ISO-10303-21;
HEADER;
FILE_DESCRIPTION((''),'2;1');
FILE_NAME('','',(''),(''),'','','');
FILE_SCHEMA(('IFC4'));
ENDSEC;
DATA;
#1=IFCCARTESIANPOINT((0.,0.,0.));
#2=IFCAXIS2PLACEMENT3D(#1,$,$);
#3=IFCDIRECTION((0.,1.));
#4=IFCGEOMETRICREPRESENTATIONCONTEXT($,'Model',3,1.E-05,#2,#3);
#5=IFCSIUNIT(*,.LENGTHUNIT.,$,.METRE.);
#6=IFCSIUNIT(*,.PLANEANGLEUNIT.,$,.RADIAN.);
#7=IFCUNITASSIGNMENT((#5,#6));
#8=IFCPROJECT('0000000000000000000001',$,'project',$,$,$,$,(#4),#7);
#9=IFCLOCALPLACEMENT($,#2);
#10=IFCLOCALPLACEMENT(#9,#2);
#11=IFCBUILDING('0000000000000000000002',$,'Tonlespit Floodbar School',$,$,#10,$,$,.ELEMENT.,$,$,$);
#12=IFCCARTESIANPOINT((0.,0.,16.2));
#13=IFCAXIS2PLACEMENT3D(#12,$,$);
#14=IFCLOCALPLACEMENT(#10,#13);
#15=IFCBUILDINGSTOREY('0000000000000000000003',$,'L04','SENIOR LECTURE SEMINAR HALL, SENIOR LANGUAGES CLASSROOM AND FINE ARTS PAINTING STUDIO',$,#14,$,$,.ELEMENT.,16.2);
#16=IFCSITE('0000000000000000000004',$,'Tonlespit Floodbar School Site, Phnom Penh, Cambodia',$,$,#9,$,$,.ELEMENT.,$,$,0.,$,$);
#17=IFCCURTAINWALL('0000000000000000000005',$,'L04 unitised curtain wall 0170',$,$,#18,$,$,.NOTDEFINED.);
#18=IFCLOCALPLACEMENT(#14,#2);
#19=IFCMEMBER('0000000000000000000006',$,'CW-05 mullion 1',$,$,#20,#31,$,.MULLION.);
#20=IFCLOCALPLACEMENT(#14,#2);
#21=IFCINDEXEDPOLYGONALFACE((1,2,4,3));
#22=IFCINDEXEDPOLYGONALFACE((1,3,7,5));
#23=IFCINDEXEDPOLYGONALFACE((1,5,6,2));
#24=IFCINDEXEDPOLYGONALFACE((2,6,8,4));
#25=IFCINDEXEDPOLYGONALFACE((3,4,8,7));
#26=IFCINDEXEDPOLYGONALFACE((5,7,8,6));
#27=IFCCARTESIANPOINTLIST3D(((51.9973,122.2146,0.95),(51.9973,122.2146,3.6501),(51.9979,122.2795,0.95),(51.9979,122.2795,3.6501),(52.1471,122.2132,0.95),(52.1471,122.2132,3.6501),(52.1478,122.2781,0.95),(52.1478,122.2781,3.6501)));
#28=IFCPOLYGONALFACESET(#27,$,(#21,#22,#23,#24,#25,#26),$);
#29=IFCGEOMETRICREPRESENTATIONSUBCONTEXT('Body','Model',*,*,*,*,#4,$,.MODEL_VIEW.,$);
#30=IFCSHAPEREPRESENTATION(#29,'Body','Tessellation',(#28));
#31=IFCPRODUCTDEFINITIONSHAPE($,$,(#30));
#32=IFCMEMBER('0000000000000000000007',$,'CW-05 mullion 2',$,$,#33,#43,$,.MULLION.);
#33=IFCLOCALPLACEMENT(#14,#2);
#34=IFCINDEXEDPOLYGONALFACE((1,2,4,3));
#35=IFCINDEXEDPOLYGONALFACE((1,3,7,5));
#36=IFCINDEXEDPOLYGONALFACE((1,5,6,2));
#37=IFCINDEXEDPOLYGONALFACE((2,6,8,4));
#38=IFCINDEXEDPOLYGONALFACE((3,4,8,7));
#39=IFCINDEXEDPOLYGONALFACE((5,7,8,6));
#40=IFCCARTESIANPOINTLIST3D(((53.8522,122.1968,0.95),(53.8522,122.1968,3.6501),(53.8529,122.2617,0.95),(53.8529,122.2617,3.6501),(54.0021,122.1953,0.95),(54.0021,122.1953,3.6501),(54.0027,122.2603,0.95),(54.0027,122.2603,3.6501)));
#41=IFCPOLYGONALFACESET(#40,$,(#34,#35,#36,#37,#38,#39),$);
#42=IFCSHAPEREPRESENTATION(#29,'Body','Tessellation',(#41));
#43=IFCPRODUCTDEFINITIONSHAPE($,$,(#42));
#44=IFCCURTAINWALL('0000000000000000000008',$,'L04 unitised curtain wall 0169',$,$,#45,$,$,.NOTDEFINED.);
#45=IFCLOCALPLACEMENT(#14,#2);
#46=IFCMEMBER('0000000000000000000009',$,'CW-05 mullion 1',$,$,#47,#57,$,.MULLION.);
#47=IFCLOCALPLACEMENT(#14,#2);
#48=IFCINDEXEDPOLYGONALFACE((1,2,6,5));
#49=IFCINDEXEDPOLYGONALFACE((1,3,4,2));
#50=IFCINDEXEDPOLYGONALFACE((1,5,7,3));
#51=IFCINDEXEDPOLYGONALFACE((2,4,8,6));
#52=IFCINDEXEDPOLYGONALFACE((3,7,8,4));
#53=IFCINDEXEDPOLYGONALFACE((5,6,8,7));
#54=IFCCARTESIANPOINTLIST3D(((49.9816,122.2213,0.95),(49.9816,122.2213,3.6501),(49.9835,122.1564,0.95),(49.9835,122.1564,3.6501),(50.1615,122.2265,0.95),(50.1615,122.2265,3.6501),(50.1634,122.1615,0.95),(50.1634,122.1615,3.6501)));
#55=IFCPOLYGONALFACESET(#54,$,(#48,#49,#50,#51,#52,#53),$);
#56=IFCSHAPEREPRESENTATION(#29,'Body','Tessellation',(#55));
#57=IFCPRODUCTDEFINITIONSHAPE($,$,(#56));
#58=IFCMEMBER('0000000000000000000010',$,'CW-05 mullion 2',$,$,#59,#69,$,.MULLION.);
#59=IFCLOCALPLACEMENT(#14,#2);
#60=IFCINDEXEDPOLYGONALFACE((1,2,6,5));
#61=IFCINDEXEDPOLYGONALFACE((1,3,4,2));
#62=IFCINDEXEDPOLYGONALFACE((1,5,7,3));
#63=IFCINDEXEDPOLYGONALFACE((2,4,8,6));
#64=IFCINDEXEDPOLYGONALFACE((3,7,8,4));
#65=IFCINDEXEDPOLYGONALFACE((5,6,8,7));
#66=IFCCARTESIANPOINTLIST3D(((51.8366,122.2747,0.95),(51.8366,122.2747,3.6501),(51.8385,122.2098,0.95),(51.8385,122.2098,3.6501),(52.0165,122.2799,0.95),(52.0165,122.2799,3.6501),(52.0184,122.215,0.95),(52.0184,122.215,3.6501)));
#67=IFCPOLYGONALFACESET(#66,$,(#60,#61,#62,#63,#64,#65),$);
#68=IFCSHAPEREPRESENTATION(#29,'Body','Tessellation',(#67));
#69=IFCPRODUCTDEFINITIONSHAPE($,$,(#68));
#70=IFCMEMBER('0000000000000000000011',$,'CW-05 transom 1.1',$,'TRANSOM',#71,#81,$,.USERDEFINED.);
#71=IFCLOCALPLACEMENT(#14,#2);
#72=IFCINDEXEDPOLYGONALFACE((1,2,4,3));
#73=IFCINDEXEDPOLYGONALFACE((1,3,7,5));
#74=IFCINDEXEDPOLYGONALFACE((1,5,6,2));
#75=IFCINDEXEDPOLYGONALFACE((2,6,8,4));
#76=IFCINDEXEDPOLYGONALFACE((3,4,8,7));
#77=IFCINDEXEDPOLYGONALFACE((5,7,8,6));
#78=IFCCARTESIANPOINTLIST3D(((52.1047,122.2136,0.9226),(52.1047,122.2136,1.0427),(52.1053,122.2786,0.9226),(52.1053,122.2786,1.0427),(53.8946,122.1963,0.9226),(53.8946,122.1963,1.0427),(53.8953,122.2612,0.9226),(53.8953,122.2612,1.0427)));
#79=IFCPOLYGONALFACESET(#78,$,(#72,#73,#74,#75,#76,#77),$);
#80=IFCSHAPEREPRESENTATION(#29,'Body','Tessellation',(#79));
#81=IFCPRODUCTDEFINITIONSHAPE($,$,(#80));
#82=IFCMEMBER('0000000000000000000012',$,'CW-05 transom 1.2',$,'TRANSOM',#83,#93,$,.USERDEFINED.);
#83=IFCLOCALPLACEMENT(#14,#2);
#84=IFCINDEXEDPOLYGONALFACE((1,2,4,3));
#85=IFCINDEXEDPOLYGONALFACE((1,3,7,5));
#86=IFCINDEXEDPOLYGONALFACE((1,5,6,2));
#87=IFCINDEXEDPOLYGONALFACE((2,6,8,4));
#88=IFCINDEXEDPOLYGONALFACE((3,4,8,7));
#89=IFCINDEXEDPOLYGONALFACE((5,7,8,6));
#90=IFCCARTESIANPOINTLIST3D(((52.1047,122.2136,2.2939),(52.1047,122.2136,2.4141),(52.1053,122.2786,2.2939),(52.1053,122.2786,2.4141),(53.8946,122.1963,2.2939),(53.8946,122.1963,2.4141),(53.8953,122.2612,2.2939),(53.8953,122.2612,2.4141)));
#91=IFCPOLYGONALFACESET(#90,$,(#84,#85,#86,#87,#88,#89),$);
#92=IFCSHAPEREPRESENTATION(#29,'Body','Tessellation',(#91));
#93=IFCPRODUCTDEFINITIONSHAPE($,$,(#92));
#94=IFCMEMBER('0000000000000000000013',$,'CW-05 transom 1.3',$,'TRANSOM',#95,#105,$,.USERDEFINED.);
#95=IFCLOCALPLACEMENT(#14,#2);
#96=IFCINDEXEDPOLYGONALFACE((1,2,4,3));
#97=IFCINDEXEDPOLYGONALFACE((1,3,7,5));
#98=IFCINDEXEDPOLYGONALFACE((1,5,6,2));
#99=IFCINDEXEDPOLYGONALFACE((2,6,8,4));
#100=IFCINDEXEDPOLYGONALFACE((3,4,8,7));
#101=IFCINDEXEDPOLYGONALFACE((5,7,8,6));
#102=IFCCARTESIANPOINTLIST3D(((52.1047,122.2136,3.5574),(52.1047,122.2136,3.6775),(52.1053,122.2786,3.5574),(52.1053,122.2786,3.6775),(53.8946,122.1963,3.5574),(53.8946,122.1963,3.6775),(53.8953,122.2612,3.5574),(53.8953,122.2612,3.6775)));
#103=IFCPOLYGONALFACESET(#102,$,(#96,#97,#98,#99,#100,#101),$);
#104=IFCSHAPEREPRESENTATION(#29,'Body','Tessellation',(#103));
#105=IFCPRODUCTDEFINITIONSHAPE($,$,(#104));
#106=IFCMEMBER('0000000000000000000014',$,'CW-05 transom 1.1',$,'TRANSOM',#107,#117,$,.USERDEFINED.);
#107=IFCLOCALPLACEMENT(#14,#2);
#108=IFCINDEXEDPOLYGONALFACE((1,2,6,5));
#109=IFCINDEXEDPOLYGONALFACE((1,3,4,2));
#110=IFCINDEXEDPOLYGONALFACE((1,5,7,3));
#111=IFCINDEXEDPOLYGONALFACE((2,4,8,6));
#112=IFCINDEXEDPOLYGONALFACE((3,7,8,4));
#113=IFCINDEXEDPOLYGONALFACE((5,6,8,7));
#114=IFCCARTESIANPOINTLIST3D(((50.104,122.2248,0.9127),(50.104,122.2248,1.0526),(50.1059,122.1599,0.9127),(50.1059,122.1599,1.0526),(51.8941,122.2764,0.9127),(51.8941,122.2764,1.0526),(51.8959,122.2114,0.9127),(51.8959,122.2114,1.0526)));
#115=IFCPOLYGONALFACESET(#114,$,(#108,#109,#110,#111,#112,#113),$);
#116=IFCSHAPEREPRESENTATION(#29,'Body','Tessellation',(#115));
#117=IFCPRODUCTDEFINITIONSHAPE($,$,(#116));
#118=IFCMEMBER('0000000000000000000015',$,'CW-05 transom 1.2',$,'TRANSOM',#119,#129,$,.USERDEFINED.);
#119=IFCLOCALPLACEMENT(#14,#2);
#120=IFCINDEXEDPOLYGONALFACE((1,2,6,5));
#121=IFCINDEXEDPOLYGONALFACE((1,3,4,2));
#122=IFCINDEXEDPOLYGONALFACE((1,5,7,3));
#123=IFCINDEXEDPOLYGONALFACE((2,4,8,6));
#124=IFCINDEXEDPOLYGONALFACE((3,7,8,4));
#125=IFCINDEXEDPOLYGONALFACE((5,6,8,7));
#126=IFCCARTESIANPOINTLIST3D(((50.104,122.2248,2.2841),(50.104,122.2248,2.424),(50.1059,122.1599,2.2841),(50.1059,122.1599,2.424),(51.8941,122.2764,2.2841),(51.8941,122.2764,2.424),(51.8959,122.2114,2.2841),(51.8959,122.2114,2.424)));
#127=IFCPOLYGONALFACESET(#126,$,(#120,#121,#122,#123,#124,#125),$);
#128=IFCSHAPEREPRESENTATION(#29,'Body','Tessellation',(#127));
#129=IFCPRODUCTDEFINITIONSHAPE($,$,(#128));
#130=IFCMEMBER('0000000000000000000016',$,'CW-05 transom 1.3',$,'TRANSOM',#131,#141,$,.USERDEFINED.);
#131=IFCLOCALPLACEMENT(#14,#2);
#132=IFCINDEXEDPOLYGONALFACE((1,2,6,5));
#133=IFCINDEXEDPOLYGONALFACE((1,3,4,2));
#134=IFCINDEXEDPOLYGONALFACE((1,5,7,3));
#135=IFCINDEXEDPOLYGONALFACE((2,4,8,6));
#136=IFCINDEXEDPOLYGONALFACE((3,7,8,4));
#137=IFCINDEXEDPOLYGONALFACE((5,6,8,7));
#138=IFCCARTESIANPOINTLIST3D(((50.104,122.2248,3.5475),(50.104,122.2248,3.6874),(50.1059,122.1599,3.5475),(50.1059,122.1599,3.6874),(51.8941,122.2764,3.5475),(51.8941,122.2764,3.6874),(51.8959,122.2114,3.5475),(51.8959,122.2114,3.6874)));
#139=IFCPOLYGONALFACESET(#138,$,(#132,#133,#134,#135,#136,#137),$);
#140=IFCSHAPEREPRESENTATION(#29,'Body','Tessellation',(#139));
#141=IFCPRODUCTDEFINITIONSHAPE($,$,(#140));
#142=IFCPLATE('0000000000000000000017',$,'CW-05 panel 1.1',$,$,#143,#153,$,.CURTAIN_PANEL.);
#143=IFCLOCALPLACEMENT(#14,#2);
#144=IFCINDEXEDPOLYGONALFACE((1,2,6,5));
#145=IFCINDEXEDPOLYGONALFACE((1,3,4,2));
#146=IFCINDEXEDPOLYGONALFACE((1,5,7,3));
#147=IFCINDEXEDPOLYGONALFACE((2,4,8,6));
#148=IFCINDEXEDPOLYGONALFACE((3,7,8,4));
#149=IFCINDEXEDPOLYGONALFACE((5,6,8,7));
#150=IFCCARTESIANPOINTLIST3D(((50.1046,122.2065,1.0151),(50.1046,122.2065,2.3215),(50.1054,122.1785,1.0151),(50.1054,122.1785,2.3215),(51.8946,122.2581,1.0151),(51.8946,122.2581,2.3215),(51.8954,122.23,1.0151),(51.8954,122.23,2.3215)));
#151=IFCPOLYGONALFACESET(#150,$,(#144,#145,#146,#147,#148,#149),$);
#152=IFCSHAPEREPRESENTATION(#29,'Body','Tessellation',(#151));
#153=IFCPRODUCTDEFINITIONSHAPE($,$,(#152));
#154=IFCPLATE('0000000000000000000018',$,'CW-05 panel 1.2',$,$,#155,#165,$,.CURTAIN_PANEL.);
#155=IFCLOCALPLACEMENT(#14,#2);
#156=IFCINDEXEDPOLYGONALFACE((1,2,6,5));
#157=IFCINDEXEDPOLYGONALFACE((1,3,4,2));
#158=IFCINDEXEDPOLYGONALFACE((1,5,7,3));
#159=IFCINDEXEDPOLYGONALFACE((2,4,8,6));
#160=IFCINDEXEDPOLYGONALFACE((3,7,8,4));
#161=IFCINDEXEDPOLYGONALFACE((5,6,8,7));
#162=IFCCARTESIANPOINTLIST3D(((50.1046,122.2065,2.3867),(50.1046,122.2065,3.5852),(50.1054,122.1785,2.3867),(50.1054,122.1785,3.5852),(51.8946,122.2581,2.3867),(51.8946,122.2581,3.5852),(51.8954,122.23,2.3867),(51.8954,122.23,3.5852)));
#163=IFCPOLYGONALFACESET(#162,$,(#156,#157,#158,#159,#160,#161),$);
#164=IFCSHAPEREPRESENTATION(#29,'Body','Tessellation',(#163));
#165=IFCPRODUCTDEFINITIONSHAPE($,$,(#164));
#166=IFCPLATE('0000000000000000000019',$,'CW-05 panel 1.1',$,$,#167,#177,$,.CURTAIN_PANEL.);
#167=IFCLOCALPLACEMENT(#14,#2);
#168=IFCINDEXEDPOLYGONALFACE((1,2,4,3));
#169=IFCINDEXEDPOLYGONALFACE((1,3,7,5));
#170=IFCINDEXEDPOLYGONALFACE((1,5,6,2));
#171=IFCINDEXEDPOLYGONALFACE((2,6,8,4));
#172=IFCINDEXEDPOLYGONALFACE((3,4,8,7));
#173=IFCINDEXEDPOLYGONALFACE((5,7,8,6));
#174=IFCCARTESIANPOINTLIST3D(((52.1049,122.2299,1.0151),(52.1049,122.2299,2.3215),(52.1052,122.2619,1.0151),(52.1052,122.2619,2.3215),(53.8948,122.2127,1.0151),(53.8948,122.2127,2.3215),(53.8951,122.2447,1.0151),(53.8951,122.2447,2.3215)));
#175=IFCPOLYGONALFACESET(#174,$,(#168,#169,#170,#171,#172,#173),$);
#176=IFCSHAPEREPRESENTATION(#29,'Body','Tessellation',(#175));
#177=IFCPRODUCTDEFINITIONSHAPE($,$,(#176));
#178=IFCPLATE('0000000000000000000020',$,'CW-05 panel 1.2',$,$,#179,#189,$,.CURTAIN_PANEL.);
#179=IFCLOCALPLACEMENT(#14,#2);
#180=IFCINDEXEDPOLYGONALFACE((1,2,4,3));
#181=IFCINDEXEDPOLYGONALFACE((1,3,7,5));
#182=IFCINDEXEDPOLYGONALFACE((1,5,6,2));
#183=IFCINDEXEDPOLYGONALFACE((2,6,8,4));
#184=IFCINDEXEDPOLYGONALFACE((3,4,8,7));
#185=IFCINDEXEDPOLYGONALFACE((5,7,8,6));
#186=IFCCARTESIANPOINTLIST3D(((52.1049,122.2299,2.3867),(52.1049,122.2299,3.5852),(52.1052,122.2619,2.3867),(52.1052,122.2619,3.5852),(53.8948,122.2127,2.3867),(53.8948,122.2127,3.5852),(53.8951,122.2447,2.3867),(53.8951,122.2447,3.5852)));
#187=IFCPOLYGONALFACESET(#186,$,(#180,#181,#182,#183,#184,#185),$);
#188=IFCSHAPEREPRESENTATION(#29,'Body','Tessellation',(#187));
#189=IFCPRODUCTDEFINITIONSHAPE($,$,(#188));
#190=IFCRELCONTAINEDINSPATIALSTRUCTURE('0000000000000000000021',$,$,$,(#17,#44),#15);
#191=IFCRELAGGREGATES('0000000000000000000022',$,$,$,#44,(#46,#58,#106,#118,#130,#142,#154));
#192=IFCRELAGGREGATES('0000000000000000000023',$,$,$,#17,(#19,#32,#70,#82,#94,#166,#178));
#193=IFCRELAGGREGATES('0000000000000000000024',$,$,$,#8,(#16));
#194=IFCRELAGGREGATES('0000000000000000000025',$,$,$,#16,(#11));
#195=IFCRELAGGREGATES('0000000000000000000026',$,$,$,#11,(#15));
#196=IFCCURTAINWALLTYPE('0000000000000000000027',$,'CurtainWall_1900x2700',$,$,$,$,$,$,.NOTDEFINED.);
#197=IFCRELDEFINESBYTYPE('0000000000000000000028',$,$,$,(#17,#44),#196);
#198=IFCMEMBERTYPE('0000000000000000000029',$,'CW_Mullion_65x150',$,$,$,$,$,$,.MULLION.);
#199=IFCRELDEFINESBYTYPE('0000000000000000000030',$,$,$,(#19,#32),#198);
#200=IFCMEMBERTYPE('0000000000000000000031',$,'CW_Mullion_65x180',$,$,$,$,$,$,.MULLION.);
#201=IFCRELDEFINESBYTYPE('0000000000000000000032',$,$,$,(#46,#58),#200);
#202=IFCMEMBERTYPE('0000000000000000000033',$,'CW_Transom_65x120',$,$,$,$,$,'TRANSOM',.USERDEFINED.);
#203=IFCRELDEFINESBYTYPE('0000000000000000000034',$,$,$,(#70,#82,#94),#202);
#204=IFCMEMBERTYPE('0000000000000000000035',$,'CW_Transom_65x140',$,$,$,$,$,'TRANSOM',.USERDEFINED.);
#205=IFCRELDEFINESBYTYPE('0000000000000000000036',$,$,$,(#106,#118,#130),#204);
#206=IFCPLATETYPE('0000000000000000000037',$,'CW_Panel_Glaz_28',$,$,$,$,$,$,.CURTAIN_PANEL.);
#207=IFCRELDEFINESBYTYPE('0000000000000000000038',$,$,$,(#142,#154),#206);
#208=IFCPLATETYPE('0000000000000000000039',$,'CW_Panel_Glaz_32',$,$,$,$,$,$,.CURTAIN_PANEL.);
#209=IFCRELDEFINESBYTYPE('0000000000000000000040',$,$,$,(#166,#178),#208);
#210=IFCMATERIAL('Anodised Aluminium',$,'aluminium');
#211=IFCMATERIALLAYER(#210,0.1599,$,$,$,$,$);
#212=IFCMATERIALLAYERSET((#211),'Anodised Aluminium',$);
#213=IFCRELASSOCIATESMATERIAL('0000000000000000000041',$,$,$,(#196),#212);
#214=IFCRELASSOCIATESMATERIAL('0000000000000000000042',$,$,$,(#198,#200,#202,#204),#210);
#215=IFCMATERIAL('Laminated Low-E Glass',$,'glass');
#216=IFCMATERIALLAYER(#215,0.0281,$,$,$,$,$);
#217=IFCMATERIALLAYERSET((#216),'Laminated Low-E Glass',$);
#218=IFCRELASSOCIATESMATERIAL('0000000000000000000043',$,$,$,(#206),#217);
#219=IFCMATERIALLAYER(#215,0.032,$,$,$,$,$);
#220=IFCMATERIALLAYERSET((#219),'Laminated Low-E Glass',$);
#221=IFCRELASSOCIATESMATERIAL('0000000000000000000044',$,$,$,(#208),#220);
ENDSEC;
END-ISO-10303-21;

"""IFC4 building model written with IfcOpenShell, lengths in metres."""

from ifc_helpers import new_model, si_unit, direction, frame, origin, origin_2d, place, context, subcontext, project, spatial, rectangle, extrude, material, layer, layer_set, material_profile, profile_set, type_object, element, aggregate, save


model = new_model("IFC4")

# Units and contexts
model_context = context("Model", 3, precision=1e-05, world=origin(), true_north=direction((0.0, 1.0)))
body_context = subcontext(model_context, "Body", "Model", "MODEL_VIEW")
ifc_project = project(units=[si_unit("LENGTHUNIT", "METRE"), si_unit("PLANEANGLEUNIT", "RADIAN")], contexts=[model_context])

# Site, building, storey
site_placement = place(None, origin())
site = spatial("IfcSite", under=ifc_project, at=site_placement, Name="Tonlespit Floodbar School Site, Phnom Penh, Cambodia", CompositionType="ELEMENT", RefElevation=0.0)
building_placement = place(site_placement, origin())
building = spatial("IfcBuilding", under=site, at=building_placement, Name="Tonlespit Floodbar School", CompositionType="ELEMENT")
storey_placement = place(building_placement, frame((0.0, 0.0, 16.2)))
storey = spatial("IfcBuildingStorey", under=building, at=storey_placement, Name="L04", Description="SENIOR LECTURE SEMINAR HALL, SENIOR LANGUAGES CLASSROOM AND FINE ARTS PAINTING STUDIO", CompositionType="ELEMENT", Elevation=16.2)

# Curtain walls, members
ifc_material_1 = material(Name="Anodised Aluminium", Category="aluminium")
ifc_layer_1 = layer(ifc_material_1, 0.1599)
ifc_layer_set_1 = layer_set([ifc_layer_1], Name="Anodised Aluminium")
curtain_wall_type = type_object("IfcCurtainWallType", Name="CurtainWall_1900x2700", PredefinedType="NOTDEFINED", material=ifc_layer_set_1)
curtain_wall_1_placement = place(storey_placement, origin())
curtain_wall_1 = element("IfcCurtainWall", 1, at=curtain_wall_1_placement, inside=storey, type_object=curtain_wall_type, Name="L04 unitised curtain wall 0170", PredefinedType="NOTDEFINED")
ifc_material_profile_1 = material_profile(ifc_material_1, rectangle(XDim=0.0649, YDim=0.1499, at=origin_2d()), Name="ALU M65x150")
ifc_profile_set_1 = profile_set([ifc_material_profile_1], Name="Anodised Aluminium")
member_type_1 = type_object("IfcMemberType", Name="CW_Mullion_65x150", PredefinedType="MULLION", material=ifc_profile_set_1)
member_1_placement = place(storey_placement, frame((52.0725, 122.2463, 0.95), z_axis=(0.0, 0.0, 1.0), x_axis=(0.009583, 0.999954, 0.0)))
member_1 = element("IfcMember", 2, at=member_1_placement, type_object=member_type_1, Name="CW-05 mullion 1", PredefinedType="MULLION", context=body_context, shape_type="SweptSolid", body=[
    extrude(rectangle(XDim=0.0649, YDim=0.1499, at=origin_2d()), origin(), (0.0, 0.0, 1.0), 2.7002),
])
member_2_placement = place(storey_placement, frame((53.9275, 122.2285, 0.95), z_axis=(0.0, 0.0, 1.0), x_axis=(0.009583, 0.999954, 0.0)))
member_2 = element("IfcMember", 3, at=member_2_placement, type_object=member_type_1, Name="CW-05 mullion 2", PredefinedType="MULLION", context=body_context, shape_type="SweptSolid", body=[
    extrude(rectangle(XDim=0.0649, YDim=0.1499, at=origin_2d()), origin(), (0.0, 0.0, 1.0), 2.7002),
])
curtain_wall_2_placement = place(storey_placement, origin())
curtain_wall_2 = element("IfcCurtainWall", 4, at=curtain_wall_2_placement, inside=storey, type_object=curtain_wall_type, Name="L04 unitised curtain wall 0169", PredefinedType="NOTDEFINED")
ifc_material_profile_2 = material_profile(ifc_material_1, rectangle(XDim=0.0649, YDim=0.1799, at=origin_2d()), Name="ALU M65x180")
ifc_profile_set_2 = profile_set([ifc_material_profile_2], Name="Anodised Aluminium")
member_type_2 = type_object("IfcMemberType", Name="CW_Mullion_65x180", PredefinedType="MULLION", material=ifc_profile_set_2)
member_3_placement = place(storey_placement, frame((50.0725, 122.1914, 0.95), z_axis=(0.0, 0.0, 1.0), x_axis=(-0.02879, 0.999585, 0.0)))
member_3 = element("IfcMember", 5, at=member_3_placement, type_object=member_type_2, Name="CW-05 mullion 1", PredefinedType="MULLION", context=body_context, shape_type="SweptSolid", body=[
    extrude(rectangle(XDim=0.0649, YDim=0.1799, at=origin_2d()), origin(), (0.0, 0.0, 1.0), 2.7002),
])
member_4_placement = place(storey_placement, frame((51.9275, 122.2449, 0.95), z_axis=(0.0, 0.0, 1.0), x_axis=(-0.02879, 0.999585, 0.0)))
member_4 = element("IfcMember", 6, at=member_4_placement, type_object=member_type_2, Name="CW-05 mullion 2", PredefinedType="MULLION", context=body_context, shape_type="SweptSolid", body=[
    extrude(rectangle(XDim=0.0649, YDim=0.1799, at=origin_2d()), origin(), (0.0, 0.0, 1.0), 2.7002),
])

# Members
ifc_material_profile_3 = material_profile(ifc_material_1, rectangle(XDim=0.0649, YDim=0.1201, at=origin_2d()), Name="ALU T65x120")
ifc_profile_set_3 = profile_set([ifc_material_profile_3], Name="Anodised Aluminium")
member_type_3 = type_object("IfcMemberType", Name="CW_Transom_65x120", ElementType="TRANSOM", PredefinedType="USERDEFINED", material=ifc_profile_set_3)
member_5_placement = place(storey_placement, frame((52.105, 122.2461, 0.9827), z_axis=(0.999953, -0.009683, 0.0), x_axis=(0.009683, 0.999953, 0.0)))
member_5 = element("IfcMember", 7, at=member_5_placement, type_object=member_type_3, Name="CW-05 transom 1.1", ObjectType="TRANSOM", PredefinedType="USERDEFINED", context=body_context, shape_type="SweptSolid", body=[
    extrude(rectangle(XDim=0.0649, YDim=0.1201, at=origin_2d()), origin(), (0.0, 0.0, 1.0), 1.79),
])
member_6_placement = place(storey_placement, frame((52.105, 122.2461, 2.354), z_axis=(0.999953, -0.009683, 0.0), x_axis=(0.009683, 0.999953, 0.0)))
member_6 = element("IfcMember", 8, at=member_6_placement, type_object=member_type_3, Name="CW-05 transom 1.2", ObjectType="TRANSOM", PredefinedType="USERDEFINED", context=body_context, shape_type="SweptSolid", body=[
    extrude(rectangle(XDim=0.0649, YDim=0.1201, at=origin_2d()), origin(), (0.0, 0.0, 1.0), 1.79),
])
member_7_placement = place(storey_placement, frame((52.105, 122.2461, 3.6174), z_axis=(0.999953, -0.009683, 0.0), x_axis=(0.009683, 0.999953, 0.0)))
member_7 = element("IfcMember", 9, at=member_7_placement, type_object=member_type_3, Name="CW-05 transom 1.3", ObjectType="TRANSOM", PredefinedType="USERDEFINED", context=body_context, shape_type="SweptSolid", body=[
    extrude(rectangle(XDim=0.0649, YDim=0.1201, at=origin_2d()), origin(), (0.0, 0.0, 1.0), 1.79),
])
ifc_material_profile_4 = material_profile(ifc_material_1, rectangle(XDim=0.0649, YDim=0.1399, at=origin_2d()), Name="ALU T65x140")
ifc_profile_set_4 = profile_set([ifc_material_profile_4], Name="Anodised Aluminium")
member_type_4 = type_object("IfcMemberType", Name="CW_Transom_65x140", ElementType="TRANSOM", PredefinedType="USERDEFINED", material=ifc_profile_set_4)
member_8_placement = place(storey_placement, frame((50.105, 122.1924, 0.9827), z_axis=(0.999586, 0.028766, 0.0), x_axis=(-0.028766, 0.999586, 0.0)))
member_8 = element("IfcMember", 10, at=member_8_placement, type_object=member_type_4, Name="CW-05 transom 1.1", ObjectType="TRANSOM", PredefinedType="USERDEFINED", context=body_context, shape_type="SweptSolid", body=[
    extrude(rectangle(XDim=0.0649, YDim=0.1399, at=origin_2d()), origin(), (0.0, 0.0, 1.0), 1.7908),
])
member_9_placement = place(storey_placement, frame((50.105, 122.1924, 2.354), z_axis=(0.999586, 0.028766, 0.0), x_axis=(-0.028766, 0.999586, 0.0)))
member_9 = element("IfcMember", 11, at=member_9_placement, type_object=member_type_4, Name="CW-05 transom 1.2", ObjectType="TRANSOM", PredefinedType="USERDEFINED", context=body_context, shape_type="SweptSolid", body=[
    extrude(rectangle(XDim=0.0649, YDim=0.1399, at=origin_2d()), origin(), (0.0, 0.0, 1.0), 1.7908),
])
member_10_placement = place(storey_placement, frame((50.105, 122.1924, 3.6174), z_axis=(0.999586, 0.028766, 0.0), x_axis=(-0.028766, 0.999586, 0.0)))
member_10 = element("IfcMember", 12, at=member_10_placement, type_object=member_type_4, Name="CW-05 transom 1.3", ObjectType="TRANSOM", PredefinedType="USERDEFINED", context=body_context, shape_type="SweptSolid", body=[
    extrude(rectangle(XDim=0.0649, YDim=0.1399, at=origin_2d()), origin(), (0.0, 0.0, 1.0), 1.7908),
])

# Plates
ifc_material_2 = material(Name="Laminated Low-E Glass", Category="glass")
ifc_layer_2 = layer(ifc_material_2, 0.0281)
ifc_layer_set_2 = layer_set([ifc_layer_2], Name="Laminated Low-E Glass")
plate_type_1 = type_object("IfcPlateType", Name="CW_Panel_Glaz_28", PredefinedType="CURTAIN_PANEL", material=ifc_layer_set_2)
plate_1_placement = place(storey_placement, frame((51.0, 122.2183, 1.0151), z_axis=(0.0, 0.0, 1.0), x_axis=(0.999585, 0.02879, 0.0)))
plate_1 = element("IfcPlate", 13, at=plate_1_placement, type_object=plate_type_1, Name="CW-05 panel 1.1", PredefinedType="CURTAIN_PANEL", context=body_context, shape_type="SweptSolid", body=[
    extrude(rectangle(XDim=1.7908, YDim=0.0281, at=origin_2d()), origin(), (0.0, 0.0, 1.0), 1.3064),
])
plate_2_placement = place(storey_placement, frame((51.0, 122.2183, 2.3867), z_axis=(0.0, 0.0, 1.0), x_axis=(0.999585, 0.02879, 0.0)))
plate_2 = element("IfcPlate", 14, at=plate_2_placement, type_object=plate_type_1, Name="CW-05 panel 1.2", PredefinedType="CURTAIN_PANEL", context=body_context, shape_type="SweptSolid", body=[
    extrude(rectangle(XDim=1.7908, YDim=0.0281, at=origin_2d()), origin(), (0.0, 0.0, 1.0), 1.1985),
])
aggregate(curtain_wall_2, [member_3, member_4, member_8, member_9, member_10, plate_1, plate_2])
ifc_layer_3 = layer(ifc_material_2, 0.032)
ifc_layer_set_3 = layer_set([ifc_layer_3], Name="Laminated Low-E Glass")
plate_type_2 = type_object("IfcPlateType", Name="CW_Panel_Glaz_32", PredefinedType="CURTAIN_PANEL", material=ifc_layer_set_3)
plate_3_placement = place(storey_placement, frame((53.0, 122.2373, 1.0151), z_axis=(0.0, 0.0, 1.0), x_axis=(0.999954, -0.009583, 0.0)))
plate_3 = element("IfcPlate", 15, at=plate_3_placement, type_object=plate_type_2, Name="CW-05 panel 1.1", PredefinedType="CURTAIN_PANEL", context=body_context, shape_type="SweptSolid", body=[
    extrude(rectangle(XDim=1.79, YDim=0.032, at=origin_2d()), origin(), (0.0, 0.0, 1.0), 1.3064),
])
plate_4_placement = place(storey_placement, frame((53.0, 122.2373, 2.3867), z_axis=(0.0, 0.0, 1.0), x_axis=(0.999954, -0.009583, 0.0)))
plate_4 = element("IfcPlate", 16, at=plate_4_placement, type_object=plate_type_2, Name="CW-05 panel 1.2", PredefinedType="CURTAIN_PANEL", context=body_context, shape_type="SweptSolid", body=[
    extrude(rectangle(XDim=1.79, YDim=0.032, at=origin_2d()), origin(), (0.0, 0.0, 1.0), 1.1985),
])
aggregate(curtain_wall_1, [member_1, member_2, member_5, member_6, member_7, plate_3, plate_4])

save(model, "model.ifc")
